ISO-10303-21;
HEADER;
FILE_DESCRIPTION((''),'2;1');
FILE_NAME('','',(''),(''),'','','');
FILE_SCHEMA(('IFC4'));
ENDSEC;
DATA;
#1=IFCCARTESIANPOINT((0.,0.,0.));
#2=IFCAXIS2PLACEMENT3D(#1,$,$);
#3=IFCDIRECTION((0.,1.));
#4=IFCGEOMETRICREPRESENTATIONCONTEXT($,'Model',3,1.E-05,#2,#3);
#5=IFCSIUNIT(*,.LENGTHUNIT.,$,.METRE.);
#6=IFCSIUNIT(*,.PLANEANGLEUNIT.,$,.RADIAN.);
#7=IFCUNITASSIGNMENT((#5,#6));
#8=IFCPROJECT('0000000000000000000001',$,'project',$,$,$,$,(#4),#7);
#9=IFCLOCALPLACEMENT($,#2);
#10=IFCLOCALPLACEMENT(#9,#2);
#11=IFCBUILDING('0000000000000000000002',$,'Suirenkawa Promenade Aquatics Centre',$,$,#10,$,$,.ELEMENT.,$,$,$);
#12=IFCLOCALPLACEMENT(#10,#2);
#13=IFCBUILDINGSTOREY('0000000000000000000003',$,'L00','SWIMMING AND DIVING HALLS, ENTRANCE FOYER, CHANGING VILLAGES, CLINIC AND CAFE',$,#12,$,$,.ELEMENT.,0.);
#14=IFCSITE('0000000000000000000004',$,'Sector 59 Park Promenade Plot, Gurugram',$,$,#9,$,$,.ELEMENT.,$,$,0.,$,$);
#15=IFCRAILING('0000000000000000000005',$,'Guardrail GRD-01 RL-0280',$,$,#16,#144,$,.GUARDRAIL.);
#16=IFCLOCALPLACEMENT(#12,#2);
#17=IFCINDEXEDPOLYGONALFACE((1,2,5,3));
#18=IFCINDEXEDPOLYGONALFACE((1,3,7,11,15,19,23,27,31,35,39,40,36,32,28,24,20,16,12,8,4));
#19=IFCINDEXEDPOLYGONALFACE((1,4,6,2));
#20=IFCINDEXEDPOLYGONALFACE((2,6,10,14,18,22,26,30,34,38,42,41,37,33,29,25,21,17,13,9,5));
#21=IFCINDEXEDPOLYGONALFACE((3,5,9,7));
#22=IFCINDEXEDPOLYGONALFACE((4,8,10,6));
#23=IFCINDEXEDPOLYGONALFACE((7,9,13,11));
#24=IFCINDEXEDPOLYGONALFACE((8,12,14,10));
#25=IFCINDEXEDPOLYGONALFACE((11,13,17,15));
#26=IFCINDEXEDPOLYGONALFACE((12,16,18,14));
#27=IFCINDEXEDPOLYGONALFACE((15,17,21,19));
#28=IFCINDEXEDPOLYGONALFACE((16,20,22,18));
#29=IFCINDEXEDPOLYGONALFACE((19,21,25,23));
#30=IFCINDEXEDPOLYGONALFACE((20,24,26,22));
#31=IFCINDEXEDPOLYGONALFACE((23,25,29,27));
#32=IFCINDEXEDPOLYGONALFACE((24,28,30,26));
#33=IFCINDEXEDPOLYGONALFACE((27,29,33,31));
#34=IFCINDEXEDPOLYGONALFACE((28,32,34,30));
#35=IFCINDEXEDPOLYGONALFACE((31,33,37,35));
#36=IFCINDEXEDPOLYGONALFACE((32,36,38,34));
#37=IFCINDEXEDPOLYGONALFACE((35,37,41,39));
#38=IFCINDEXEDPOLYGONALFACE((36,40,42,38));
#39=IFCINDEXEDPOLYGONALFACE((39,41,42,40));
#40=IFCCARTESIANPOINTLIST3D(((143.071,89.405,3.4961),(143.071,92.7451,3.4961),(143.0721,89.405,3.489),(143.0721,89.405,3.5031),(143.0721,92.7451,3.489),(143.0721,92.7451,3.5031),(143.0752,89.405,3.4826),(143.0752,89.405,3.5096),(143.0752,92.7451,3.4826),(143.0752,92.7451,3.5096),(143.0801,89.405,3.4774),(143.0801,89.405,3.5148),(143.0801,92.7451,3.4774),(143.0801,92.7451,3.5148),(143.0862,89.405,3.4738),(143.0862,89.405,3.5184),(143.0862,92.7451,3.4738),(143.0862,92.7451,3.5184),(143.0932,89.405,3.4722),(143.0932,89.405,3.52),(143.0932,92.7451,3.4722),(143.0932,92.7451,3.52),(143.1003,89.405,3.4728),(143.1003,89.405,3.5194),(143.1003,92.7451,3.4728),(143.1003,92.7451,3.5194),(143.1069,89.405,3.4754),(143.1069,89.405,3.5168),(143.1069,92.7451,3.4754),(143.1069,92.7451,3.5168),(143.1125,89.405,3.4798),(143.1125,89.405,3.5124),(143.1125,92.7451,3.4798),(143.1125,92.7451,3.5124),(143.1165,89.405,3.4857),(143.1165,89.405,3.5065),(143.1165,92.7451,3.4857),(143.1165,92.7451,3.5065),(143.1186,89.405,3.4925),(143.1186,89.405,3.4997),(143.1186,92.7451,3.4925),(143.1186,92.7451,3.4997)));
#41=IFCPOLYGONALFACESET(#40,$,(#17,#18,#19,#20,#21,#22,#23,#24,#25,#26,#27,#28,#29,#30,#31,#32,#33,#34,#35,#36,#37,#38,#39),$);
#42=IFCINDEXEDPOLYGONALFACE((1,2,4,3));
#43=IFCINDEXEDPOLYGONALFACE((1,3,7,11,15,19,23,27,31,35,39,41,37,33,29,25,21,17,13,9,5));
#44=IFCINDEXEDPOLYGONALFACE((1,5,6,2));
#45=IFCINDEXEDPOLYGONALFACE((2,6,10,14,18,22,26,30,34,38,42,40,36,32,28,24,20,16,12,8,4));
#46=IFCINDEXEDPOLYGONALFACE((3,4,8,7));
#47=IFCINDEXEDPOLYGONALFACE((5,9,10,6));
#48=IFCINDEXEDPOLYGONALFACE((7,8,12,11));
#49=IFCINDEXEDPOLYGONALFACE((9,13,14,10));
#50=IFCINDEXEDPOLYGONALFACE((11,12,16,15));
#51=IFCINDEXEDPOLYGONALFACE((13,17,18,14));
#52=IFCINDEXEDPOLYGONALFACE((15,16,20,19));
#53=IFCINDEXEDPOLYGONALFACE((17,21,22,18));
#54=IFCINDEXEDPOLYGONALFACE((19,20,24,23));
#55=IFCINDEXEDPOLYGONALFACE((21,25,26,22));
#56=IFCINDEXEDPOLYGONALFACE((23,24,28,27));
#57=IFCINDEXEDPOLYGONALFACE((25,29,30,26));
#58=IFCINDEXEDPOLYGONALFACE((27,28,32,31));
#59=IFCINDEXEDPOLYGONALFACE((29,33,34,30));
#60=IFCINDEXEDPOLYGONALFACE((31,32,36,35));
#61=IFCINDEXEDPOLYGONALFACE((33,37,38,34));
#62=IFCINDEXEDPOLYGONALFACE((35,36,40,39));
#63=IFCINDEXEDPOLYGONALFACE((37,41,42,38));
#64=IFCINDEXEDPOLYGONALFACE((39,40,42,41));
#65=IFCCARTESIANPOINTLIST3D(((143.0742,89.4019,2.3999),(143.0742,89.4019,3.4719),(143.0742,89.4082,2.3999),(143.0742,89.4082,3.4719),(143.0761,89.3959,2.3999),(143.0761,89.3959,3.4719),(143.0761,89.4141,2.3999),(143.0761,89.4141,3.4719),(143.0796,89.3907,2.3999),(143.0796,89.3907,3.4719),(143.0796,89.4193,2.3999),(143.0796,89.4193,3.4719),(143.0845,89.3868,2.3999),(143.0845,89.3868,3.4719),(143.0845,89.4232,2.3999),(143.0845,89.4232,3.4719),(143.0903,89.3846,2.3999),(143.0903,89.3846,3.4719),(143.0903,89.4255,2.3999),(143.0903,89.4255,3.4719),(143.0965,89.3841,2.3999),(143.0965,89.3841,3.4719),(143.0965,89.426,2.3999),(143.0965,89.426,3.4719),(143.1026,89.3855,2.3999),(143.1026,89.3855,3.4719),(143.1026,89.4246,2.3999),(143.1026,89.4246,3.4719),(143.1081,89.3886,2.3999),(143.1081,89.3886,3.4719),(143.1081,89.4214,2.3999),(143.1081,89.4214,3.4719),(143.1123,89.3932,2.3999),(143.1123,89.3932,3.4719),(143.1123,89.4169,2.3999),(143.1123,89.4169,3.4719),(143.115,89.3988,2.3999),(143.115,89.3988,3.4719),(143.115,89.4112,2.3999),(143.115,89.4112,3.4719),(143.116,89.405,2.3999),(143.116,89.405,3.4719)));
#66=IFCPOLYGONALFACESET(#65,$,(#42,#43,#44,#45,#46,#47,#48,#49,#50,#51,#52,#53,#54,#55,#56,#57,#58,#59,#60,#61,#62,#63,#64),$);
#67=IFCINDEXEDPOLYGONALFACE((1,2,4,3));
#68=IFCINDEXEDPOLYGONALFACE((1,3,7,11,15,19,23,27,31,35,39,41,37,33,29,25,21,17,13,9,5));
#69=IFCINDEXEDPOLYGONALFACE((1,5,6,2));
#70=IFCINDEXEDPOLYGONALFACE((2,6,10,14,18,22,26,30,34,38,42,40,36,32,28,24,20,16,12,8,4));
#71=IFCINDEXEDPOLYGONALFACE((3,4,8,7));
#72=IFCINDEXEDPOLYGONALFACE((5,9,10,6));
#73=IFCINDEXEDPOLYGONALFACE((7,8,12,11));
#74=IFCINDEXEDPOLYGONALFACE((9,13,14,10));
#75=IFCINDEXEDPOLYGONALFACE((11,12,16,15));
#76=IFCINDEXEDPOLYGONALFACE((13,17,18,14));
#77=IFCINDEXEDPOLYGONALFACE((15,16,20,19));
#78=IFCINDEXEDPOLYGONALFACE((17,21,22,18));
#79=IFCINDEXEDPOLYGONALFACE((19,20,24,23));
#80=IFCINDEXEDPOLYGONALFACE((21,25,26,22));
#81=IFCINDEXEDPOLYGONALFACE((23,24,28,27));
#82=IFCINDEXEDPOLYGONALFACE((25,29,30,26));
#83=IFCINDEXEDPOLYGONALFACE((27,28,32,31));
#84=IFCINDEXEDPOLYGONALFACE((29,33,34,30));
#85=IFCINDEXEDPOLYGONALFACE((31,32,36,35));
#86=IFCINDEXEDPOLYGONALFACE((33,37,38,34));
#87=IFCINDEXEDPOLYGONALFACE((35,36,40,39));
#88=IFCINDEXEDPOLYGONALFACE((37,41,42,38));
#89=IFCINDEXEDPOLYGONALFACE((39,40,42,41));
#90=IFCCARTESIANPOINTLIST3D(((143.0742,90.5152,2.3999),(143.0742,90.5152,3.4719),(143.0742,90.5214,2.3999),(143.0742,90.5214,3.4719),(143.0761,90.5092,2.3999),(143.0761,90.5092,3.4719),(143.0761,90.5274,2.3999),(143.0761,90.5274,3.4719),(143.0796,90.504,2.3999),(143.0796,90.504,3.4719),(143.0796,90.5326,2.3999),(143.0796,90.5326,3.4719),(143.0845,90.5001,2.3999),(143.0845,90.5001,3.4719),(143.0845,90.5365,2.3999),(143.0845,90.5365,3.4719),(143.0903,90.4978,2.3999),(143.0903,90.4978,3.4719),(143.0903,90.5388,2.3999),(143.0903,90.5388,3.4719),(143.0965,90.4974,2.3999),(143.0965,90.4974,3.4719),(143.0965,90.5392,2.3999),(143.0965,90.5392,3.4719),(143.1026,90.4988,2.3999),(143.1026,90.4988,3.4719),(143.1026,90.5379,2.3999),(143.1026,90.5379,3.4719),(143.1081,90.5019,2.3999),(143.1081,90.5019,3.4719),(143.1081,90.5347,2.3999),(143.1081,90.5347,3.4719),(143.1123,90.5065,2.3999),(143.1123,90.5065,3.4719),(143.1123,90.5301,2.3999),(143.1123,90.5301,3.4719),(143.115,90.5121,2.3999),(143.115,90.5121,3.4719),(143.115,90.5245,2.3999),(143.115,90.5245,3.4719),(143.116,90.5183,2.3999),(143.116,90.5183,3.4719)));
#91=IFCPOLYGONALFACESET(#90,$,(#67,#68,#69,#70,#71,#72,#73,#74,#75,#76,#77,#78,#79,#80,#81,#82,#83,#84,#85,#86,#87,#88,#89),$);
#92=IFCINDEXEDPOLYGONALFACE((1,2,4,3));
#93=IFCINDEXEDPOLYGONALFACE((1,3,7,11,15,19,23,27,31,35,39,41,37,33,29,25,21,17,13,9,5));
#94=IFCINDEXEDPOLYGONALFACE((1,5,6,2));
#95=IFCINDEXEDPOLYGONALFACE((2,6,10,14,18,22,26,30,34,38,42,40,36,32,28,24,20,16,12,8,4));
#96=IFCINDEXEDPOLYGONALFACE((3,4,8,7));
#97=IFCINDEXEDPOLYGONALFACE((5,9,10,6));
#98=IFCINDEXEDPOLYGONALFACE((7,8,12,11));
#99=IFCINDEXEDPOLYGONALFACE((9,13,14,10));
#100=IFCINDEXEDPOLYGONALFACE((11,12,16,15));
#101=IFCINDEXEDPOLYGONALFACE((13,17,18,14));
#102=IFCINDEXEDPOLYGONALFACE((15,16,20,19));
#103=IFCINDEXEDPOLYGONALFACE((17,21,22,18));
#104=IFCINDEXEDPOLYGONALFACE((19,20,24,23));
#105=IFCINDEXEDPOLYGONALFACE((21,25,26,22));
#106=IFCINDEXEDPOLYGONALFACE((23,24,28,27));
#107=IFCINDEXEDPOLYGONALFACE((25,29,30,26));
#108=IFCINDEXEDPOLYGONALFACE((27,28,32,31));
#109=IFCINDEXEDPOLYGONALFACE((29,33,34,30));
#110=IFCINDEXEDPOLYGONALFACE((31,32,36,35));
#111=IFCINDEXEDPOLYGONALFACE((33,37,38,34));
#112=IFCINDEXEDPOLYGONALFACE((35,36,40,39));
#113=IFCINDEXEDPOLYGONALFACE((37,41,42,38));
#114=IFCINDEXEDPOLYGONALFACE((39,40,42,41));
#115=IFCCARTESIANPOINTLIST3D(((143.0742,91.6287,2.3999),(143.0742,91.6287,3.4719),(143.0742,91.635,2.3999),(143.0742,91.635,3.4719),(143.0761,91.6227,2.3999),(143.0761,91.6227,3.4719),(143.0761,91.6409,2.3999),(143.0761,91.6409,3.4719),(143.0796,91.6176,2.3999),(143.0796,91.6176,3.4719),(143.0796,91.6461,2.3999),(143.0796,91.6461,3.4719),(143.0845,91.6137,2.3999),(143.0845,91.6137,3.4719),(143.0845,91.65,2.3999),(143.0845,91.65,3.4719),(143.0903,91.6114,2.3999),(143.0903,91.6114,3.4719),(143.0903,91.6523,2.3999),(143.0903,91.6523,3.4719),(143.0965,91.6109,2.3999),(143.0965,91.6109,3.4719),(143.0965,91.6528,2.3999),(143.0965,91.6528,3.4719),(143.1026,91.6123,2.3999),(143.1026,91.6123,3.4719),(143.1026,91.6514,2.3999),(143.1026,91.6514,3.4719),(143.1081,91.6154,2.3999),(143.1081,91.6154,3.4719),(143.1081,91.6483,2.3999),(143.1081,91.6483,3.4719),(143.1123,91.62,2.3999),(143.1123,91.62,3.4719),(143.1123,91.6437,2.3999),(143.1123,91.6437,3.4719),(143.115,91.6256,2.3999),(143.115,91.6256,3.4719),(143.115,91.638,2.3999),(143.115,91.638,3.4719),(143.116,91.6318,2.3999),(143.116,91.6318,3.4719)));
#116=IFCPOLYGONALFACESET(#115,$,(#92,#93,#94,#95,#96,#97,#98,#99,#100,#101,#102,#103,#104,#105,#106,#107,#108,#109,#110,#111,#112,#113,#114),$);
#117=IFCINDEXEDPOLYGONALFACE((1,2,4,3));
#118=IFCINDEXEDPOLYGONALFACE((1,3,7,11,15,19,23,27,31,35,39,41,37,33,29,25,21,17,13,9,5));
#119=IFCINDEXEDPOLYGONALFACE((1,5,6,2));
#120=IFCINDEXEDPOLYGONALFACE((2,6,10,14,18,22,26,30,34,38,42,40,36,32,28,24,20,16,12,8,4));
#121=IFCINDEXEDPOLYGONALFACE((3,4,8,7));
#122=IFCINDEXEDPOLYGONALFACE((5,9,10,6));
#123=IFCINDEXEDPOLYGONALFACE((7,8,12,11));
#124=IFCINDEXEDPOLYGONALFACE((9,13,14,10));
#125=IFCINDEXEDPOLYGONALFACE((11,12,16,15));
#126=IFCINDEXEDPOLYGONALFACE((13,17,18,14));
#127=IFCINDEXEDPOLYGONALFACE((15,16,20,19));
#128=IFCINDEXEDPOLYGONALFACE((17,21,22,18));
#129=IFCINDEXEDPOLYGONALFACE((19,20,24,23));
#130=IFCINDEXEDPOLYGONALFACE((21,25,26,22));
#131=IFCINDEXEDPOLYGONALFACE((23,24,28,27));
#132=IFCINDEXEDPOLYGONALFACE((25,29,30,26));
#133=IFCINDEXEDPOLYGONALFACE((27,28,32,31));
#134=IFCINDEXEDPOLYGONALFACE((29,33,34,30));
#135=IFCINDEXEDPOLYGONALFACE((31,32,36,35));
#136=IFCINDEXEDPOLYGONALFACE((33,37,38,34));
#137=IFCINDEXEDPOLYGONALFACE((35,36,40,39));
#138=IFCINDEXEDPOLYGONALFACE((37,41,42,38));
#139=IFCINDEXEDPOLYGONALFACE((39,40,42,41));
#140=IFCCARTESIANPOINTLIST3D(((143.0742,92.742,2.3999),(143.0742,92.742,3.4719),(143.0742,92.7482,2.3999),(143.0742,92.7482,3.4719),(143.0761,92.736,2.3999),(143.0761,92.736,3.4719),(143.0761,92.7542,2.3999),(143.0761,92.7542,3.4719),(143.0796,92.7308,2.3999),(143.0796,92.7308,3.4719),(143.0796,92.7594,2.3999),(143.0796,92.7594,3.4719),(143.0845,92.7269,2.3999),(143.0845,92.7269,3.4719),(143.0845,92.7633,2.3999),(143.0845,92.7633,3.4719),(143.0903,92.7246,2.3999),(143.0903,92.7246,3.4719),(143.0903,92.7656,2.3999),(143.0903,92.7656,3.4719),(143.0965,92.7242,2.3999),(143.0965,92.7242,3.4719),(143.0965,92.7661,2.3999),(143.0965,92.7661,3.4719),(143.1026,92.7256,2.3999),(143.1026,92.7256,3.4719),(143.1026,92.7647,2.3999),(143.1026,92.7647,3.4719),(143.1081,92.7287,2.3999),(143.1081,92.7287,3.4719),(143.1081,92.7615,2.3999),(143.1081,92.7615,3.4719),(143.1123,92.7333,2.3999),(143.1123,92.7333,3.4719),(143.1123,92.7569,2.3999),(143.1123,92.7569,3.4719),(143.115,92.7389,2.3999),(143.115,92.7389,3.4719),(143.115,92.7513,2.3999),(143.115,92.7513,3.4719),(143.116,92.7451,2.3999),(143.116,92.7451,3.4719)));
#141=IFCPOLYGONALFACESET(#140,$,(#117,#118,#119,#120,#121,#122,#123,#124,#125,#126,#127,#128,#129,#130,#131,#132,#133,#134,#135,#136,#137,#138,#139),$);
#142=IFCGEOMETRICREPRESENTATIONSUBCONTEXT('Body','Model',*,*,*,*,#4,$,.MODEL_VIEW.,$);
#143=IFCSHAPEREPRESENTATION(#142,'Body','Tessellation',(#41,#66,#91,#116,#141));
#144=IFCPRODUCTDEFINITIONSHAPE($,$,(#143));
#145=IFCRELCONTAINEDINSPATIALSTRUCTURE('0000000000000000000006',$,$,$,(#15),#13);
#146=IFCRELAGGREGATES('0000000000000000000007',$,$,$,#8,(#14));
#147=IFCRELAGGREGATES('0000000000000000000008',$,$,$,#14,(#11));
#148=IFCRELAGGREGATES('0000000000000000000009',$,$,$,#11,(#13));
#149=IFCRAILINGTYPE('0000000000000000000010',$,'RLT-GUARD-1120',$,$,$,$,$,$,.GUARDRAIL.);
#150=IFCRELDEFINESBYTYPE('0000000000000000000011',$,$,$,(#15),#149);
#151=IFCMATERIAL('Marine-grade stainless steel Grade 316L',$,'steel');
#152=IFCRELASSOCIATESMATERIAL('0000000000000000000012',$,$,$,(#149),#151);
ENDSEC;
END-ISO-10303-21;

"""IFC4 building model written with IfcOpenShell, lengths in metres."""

from ifc_helpers import new_model, si_unit, direction, frame, origin, origin_2d, place, context, subcontext, project, spatial, circle, extrude, material, type_object, element, save


model = new_model("IFC4")

# Units and contexts
model_context = context("Model", 3, precision=1e-05, world=origin(), true_north=direction((0.0, 1.0)))
body_context = subcontext(model_context, "Body", "Model", "MODEL_VIEW")
ifc_project = project(units=[si_unit("LENGTHUNIT", "METRE"), si_unit("PLANEANGLEUNIT", "RADIAN")], contexts=[model_context])

# Site, building, storey
site_placement = place(None, origin())
site = spatial("IfcSite", under=ifc_project, at=site_placement, Name="Sector 59 Park Promenade Plot, Gurugram", CompositionType="ELEMENT", RefElevation=0.0)
building_placement = place(site_placement, origin())
building = spatial("IfcBuilding", under=site, at=building_placement, Name="Suirenkawa Promenade Aquatics Centre", CompositionType="ELEMENT")
storey_placement = place(building_placement, origin())
storey = spatial("IfcBuildingStorey", under=building, at=storey_placement, Name="L00", Description="SWIMMING AND DIVING HALLS, ENTRANCE FOYER, CHANGING VILLAGES, CLINIC AND CAFE", CompositionType="ELEMENT", Elevation=0.0)

# Railing
ifc_material_1 = material(Name="Marine-grade stainless steel Grade 316L", Category="steel")
railing_type_1 = type_object("IfcRailingType", Name="RLT-GUARD-1120", PredefinedType="GUARDRAIL", material=ifc_material_1)
for number, where, name in (
    (1, (143.095, 89.405, 2.3999), "Guardrail GRD-01 RL-0280"),
):
    element("IfcRailing", number, at=place(storey_placement, frame(where)), inside=storey, type_object=railing_type_1, Name=name, PredefinedType="GUARDRAIL", context=body_context, shape_type="SweptSolid", body=[
        extrude(circle(Radius=0.0239, at=origin_2d()), frame((0.0, 0.0, 1.0962), z_axis=(0.0, 1.0, 0.0), x_axis=(-1.0, 0.0, 0.0)), (0.0, 0.0, 1.0), 3.3401),
        extrude(circle(Radius=0.021, at=origin_2d()), origin(), (0.0, 0.0, 1.0), 1.072),
        extrude(circle(Radius=0.021, at=origin_2d()), frame((0.0, 1.1133, 0.0)), (0.0, 0.0, 1.0), 1.072),
        extrude(circle(Radius=0.021, at=origin_2d()), frame((0.0, 2.2268, 0.0)), (0.0, 0.0, 1.0), 1.072),
        extrude(circle(Radius=0.021, at=origin_2d()), frame((0.0, 3.3401, 0.0)), (0.0, 0.0, 1.0), 1.072),
    ])

save(model, "model.ifc")
